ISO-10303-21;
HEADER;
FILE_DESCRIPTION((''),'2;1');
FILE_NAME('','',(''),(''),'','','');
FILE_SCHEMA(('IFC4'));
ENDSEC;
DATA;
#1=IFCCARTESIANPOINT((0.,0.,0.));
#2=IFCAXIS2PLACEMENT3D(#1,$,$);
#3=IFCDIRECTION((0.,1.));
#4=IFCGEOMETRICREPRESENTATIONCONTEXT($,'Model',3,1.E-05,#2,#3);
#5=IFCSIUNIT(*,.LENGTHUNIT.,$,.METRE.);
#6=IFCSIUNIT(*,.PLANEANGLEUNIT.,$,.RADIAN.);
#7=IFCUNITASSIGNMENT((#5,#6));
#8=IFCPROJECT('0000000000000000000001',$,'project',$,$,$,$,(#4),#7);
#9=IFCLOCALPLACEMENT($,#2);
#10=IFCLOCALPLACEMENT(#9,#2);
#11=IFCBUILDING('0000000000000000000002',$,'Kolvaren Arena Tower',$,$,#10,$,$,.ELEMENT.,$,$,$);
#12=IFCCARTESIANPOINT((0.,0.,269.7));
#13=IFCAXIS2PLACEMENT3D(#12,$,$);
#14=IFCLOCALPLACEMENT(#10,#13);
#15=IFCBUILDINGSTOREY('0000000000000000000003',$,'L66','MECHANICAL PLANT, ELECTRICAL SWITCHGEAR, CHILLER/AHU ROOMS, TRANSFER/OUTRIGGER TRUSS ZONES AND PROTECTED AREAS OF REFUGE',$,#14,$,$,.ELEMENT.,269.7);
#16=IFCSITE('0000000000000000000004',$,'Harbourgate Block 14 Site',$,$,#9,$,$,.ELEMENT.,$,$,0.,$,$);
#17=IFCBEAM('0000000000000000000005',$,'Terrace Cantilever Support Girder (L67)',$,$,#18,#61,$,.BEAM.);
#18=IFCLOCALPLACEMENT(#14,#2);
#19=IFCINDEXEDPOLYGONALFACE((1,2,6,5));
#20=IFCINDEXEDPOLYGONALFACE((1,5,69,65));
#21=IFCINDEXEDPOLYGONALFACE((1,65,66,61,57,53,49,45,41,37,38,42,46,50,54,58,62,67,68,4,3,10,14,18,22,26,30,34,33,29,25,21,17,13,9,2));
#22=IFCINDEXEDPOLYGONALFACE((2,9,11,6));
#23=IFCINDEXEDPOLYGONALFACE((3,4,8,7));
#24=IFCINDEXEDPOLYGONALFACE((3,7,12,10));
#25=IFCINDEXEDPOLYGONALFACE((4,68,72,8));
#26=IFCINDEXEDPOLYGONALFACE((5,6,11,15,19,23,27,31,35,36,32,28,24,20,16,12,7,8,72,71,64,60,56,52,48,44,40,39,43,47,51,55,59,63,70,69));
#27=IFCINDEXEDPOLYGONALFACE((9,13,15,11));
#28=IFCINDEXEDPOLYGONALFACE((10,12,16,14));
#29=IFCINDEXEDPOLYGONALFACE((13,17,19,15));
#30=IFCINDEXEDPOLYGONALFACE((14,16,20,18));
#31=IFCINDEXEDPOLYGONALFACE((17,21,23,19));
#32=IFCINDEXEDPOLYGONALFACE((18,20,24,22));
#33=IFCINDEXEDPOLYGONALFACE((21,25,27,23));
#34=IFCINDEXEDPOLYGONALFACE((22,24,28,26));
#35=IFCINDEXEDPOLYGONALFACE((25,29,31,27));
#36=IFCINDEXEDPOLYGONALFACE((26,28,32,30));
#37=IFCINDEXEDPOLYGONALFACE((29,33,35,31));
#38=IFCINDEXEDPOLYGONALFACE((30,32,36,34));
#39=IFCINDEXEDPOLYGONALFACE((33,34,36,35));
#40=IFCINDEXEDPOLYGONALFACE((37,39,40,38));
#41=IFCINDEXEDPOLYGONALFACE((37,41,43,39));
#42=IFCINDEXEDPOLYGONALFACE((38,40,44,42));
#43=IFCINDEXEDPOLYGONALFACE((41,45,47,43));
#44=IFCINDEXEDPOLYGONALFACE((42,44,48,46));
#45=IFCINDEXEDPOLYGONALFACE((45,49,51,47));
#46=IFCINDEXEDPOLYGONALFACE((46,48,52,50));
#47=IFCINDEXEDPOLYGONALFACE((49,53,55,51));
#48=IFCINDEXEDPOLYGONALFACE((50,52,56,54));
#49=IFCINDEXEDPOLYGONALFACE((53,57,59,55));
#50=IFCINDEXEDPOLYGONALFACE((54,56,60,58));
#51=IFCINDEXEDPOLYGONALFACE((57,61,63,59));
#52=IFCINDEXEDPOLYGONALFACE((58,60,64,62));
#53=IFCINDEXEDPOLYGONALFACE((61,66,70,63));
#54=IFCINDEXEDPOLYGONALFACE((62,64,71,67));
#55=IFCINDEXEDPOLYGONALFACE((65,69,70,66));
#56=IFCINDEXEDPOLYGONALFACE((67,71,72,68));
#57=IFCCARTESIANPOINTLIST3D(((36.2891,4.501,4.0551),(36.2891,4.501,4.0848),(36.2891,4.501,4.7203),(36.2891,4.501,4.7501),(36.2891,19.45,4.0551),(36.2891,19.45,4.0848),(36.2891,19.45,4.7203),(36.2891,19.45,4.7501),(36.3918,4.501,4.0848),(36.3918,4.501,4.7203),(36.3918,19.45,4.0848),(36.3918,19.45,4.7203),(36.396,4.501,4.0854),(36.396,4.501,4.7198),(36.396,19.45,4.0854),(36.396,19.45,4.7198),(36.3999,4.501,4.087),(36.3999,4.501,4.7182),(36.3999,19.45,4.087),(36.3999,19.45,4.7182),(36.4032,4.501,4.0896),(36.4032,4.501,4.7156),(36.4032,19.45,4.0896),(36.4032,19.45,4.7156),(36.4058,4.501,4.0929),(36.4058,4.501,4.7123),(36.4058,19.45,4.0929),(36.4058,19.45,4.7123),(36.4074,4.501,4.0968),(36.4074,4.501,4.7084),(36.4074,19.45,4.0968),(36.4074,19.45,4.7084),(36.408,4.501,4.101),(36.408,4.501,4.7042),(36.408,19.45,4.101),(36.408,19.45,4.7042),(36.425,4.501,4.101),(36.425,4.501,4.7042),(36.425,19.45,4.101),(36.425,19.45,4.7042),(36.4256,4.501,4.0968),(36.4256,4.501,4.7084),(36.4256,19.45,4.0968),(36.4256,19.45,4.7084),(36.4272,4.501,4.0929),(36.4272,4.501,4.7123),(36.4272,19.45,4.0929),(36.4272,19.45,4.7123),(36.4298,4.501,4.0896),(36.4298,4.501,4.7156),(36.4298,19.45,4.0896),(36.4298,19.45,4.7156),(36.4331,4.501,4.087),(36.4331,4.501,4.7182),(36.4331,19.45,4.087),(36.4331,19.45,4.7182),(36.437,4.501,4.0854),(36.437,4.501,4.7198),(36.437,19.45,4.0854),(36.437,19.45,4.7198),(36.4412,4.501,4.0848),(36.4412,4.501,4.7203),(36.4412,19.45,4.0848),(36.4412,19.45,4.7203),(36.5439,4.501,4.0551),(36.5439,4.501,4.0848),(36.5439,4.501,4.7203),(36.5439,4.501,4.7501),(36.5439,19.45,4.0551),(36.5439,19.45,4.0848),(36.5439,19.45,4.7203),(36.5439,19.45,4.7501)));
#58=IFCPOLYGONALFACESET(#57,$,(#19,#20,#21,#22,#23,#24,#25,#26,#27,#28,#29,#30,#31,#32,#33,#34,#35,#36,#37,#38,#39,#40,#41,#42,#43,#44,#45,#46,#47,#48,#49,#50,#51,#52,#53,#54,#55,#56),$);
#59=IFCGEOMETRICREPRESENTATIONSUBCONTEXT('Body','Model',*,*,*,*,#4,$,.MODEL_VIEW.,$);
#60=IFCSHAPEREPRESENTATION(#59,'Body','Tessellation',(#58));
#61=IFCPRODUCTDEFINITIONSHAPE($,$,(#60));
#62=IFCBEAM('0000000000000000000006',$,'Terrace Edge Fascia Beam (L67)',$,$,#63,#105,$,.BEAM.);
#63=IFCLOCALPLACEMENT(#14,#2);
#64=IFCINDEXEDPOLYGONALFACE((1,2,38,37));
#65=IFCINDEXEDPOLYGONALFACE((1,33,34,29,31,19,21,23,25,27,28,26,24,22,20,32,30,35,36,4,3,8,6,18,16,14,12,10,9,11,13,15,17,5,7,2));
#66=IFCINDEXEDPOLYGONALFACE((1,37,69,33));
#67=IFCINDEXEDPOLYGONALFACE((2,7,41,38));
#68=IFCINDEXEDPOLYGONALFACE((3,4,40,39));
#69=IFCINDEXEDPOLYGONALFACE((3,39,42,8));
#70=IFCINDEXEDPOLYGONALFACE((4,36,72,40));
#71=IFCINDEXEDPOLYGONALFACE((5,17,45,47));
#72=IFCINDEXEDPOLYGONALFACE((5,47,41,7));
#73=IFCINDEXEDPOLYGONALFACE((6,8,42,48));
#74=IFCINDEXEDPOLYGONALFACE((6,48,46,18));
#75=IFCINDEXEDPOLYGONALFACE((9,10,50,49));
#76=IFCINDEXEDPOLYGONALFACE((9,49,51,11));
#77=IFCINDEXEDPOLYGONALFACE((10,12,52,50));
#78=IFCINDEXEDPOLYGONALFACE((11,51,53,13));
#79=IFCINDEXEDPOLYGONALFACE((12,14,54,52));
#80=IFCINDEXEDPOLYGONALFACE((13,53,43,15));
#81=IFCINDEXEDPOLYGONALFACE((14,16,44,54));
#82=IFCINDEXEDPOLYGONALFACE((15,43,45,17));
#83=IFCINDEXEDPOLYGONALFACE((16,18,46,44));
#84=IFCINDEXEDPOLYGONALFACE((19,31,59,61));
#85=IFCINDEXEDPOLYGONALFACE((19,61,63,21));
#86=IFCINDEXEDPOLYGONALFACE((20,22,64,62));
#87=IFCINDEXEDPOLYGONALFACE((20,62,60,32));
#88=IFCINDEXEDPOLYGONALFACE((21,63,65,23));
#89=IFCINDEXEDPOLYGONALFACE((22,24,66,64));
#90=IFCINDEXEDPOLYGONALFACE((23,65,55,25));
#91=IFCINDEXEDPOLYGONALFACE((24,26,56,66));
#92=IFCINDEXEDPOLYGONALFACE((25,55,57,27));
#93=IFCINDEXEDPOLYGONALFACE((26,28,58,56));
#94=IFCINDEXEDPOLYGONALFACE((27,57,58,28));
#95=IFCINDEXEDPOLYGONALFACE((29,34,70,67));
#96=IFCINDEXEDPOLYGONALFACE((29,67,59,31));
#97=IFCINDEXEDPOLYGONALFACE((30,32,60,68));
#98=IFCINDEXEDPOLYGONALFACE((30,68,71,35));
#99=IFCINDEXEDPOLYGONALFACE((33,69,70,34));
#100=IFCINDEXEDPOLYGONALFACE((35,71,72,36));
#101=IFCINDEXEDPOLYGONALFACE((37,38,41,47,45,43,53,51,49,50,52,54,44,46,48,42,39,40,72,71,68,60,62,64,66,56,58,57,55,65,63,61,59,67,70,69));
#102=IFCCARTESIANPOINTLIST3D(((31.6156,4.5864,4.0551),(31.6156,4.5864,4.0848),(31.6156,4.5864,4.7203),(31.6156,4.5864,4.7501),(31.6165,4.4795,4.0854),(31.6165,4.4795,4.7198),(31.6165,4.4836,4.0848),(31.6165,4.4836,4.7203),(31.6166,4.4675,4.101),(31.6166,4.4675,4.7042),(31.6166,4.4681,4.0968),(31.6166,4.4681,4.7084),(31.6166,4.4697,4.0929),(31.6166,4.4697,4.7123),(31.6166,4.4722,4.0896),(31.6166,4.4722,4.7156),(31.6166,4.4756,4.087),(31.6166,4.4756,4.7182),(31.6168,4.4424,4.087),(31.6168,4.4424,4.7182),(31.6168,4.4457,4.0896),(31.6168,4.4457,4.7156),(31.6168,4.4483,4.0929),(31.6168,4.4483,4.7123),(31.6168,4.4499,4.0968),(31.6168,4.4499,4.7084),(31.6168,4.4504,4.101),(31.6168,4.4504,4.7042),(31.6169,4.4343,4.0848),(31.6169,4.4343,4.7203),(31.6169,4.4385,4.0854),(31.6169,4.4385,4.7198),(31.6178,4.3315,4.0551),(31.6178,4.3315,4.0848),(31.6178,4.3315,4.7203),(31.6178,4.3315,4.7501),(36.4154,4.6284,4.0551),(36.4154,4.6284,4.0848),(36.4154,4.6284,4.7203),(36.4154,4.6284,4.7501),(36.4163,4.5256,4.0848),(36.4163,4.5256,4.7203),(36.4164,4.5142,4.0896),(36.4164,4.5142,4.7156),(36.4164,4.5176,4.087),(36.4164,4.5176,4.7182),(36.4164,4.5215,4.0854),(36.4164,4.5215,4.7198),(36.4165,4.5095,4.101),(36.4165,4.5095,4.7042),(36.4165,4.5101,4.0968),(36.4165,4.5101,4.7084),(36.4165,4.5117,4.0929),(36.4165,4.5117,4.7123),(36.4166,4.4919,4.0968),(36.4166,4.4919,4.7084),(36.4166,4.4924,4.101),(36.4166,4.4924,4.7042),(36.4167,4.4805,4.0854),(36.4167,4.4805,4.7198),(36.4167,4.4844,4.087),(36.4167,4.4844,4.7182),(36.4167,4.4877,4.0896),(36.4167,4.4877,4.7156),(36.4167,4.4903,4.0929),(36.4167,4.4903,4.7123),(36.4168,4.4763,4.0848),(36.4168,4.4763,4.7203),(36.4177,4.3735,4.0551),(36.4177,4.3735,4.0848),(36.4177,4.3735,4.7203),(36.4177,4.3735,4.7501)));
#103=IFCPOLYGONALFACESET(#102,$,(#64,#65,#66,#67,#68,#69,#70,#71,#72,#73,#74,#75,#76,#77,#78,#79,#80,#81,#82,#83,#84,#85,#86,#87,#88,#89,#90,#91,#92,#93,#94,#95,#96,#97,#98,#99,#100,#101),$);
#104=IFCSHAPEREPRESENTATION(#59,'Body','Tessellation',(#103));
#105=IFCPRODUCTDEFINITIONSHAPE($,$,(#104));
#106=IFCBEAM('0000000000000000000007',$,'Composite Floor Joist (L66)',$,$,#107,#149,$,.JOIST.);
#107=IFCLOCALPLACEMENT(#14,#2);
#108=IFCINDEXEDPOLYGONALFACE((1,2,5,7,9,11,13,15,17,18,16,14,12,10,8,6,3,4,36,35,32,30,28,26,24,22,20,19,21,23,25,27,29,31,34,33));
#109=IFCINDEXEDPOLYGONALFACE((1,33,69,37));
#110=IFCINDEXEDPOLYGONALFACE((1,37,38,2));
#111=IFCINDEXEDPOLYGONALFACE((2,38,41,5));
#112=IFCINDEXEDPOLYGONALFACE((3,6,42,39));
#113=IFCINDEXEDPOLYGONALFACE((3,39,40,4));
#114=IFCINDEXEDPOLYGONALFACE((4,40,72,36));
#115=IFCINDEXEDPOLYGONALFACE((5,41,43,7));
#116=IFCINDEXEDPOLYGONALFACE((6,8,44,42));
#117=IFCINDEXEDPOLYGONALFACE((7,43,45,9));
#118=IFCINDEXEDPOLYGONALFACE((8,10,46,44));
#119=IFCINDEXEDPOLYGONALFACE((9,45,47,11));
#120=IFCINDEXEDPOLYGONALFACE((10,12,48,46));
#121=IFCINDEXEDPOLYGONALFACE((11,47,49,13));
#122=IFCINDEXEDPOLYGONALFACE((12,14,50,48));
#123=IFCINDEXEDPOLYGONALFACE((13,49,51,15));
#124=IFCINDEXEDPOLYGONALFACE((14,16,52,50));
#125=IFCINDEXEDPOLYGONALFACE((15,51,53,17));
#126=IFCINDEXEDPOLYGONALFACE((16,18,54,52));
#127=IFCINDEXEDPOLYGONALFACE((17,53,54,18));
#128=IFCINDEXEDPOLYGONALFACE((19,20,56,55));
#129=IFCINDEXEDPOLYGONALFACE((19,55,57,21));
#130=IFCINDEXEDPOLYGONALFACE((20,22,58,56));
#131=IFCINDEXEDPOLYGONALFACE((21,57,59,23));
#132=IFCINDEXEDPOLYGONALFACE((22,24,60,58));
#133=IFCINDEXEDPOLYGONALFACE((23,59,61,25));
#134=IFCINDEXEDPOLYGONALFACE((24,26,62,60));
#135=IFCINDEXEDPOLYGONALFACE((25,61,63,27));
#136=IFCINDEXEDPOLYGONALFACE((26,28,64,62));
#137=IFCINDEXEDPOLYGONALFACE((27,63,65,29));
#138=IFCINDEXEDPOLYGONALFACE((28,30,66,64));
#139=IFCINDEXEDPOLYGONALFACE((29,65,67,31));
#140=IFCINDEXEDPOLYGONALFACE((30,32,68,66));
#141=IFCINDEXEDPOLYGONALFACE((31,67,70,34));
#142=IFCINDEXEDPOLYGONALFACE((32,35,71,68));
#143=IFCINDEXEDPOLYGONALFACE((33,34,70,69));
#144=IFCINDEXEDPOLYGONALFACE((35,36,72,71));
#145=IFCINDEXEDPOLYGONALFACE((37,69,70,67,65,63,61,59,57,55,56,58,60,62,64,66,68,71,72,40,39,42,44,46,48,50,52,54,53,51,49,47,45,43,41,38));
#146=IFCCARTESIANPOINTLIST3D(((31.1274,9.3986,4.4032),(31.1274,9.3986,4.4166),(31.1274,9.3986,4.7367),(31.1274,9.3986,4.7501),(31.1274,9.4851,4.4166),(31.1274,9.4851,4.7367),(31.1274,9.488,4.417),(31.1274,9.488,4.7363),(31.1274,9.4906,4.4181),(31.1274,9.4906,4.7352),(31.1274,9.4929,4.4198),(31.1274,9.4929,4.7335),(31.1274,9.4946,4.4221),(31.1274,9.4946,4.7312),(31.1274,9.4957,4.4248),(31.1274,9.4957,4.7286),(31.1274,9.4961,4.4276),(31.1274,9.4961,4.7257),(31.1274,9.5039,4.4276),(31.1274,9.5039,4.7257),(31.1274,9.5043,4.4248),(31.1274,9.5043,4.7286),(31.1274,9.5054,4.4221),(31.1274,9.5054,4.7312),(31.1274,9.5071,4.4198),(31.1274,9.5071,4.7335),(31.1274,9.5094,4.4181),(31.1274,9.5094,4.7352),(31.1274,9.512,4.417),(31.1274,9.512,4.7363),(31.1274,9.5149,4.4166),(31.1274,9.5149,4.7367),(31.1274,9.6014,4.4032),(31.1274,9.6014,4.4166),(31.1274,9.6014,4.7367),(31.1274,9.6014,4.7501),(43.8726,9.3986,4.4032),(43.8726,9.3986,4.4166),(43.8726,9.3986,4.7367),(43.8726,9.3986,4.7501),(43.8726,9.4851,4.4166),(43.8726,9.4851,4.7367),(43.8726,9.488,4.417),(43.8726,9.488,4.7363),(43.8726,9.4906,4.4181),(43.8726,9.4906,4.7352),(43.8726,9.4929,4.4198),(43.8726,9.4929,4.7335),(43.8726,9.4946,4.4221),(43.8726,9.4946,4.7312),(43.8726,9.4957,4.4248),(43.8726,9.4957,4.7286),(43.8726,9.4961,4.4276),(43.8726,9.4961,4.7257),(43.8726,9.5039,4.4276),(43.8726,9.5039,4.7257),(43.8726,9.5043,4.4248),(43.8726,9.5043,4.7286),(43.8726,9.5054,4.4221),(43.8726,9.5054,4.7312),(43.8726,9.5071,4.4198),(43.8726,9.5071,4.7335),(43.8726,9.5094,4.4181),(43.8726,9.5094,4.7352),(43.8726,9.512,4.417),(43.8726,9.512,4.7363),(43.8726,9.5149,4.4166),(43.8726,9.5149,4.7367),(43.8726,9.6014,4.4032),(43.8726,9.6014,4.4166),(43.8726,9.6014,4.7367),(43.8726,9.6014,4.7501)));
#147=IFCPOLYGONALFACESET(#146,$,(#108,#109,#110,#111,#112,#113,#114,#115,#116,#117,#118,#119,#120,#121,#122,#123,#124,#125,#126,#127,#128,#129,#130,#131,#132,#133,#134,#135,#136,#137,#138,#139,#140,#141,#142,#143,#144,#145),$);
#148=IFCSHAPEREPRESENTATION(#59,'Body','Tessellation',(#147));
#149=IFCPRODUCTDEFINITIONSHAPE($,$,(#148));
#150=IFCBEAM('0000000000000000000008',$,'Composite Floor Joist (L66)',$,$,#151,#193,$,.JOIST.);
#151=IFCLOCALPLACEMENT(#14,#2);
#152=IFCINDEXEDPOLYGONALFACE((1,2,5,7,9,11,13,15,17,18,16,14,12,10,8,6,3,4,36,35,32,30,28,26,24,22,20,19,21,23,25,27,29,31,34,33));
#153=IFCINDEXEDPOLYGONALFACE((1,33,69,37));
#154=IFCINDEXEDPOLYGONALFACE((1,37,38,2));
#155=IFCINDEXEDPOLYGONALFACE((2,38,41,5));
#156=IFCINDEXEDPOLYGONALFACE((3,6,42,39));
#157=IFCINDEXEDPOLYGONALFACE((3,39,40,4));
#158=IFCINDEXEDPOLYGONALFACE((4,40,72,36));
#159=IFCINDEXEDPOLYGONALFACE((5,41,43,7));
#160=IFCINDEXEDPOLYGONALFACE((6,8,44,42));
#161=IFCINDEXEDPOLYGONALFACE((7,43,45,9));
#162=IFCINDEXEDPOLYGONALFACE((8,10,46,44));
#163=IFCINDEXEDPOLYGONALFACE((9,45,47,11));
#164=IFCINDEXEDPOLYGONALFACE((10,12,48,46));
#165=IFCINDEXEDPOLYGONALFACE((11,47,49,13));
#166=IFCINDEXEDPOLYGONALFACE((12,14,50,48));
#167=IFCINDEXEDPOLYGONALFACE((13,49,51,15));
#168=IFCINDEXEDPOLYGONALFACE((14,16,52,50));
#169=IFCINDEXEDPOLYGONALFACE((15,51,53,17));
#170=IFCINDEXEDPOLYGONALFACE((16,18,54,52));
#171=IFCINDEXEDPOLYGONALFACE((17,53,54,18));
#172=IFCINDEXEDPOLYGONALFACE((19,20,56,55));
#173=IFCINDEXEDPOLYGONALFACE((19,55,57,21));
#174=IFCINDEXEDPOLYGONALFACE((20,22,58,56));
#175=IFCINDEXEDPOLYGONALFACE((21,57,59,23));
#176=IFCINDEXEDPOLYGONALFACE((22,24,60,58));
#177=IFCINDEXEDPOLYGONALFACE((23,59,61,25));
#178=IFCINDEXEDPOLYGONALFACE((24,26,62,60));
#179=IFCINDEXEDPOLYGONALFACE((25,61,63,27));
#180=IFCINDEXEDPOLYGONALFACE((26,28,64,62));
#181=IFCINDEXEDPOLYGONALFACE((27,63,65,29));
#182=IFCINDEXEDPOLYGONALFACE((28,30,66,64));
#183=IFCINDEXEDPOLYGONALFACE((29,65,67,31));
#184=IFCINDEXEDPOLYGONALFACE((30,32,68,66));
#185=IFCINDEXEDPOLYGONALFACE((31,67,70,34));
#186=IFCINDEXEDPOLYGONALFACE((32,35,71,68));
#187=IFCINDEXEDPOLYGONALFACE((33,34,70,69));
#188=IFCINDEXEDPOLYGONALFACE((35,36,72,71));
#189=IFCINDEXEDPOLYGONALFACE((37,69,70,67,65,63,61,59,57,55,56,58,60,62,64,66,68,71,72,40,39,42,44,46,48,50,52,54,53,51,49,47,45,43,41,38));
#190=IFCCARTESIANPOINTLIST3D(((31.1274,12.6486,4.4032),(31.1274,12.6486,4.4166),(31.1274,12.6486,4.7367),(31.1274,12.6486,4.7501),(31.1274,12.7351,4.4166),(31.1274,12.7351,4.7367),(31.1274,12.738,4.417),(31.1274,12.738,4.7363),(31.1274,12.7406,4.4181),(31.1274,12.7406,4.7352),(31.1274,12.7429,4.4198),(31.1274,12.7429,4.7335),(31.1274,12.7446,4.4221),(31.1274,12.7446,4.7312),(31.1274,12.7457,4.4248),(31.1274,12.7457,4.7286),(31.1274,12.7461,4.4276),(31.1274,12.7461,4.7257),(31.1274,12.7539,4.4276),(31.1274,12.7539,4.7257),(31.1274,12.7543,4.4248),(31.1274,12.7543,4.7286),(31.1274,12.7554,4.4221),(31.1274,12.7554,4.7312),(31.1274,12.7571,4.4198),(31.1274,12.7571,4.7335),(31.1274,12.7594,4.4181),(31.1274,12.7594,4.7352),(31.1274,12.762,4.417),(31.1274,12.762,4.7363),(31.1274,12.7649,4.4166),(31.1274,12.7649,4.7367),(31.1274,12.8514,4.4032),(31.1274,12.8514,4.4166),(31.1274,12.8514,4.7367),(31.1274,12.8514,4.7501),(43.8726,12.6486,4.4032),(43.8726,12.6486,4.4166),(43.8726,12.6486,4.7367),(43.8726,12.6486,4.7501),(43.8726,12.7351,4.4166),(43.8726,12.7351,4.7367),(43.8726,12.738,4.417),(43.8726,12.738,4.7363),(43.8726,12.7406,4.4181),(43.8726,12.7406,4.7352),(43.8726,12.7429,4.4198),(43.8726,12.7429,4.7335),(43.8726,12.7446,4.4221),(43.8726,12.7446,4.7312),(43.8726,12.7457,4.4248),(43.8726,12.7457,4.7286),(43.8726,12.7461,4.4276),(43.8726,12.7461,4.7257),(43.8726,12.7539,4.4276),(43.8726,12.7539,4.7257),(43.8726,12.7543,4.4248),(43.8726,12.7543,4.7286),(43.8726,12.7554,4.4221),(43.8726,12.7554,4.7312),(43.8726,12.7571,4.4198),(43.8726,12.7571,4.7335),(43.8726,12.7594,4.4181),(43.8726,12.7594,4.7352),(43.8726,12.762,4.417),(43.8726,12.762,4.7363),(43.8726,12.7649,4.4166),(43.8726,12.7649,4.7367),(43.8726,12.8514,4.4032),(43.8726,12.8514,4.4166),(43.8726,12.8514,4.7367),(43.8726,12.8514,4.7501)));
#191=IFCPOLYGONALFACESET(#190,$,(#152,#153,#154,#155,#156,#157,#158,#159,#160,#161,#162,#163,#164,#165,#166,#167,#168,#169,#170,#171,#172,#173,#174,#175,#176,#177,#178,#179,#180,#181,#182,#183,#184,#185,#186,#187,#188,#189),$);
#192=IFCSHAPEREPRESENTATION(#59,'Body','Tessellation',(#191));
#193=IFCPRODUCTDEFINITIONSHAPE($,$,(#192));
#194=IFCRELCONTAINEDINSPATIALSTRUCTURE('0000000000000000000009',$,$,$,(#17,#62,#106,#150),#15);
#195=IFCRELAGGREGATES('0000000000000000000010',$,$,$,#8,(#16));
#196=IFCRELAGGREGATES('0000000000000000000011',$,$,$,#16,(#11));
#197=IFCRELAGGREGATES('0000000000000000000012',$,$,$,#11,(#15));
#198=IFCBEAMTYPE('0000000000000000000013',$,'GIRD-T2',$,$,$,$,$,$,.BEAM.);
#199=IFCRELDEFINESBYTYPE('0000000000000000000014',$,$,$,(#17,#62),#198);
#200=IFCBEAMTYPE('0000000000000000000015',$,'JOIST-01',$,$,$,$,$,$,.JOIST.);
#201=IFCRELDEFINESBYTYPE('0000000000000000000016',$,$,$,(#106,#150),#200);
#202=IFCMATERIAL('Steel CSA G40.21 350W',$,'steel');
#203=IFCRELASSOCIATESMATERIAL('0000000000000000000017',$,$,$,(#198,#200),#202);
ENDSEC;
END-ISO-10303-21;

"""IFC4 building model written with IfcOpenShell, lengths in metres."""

from ifc_helpers import new_model, si_unit, direction, frame, origin, origin_2d, place, context, subcontext, project, spatial, i_section, extrude, material, material_profile, profile_set, type_object, element, save


model = new_model("IFC4")

# Units and contexts
model_context = context("Model", 3, precision=1e-05, world=origin(), true_north=direction((0.0, 1.0)))
body_context = subcontext(model_context, "Body", "Model", "MODEL_VIEW")
ifc_project = project(units=[si_unit("LENGTHUNIT", "METRE"), si_unit("PLANEANGLEUNIT", "RADIAN")], contexts=[model_context])

# Site, building, storey
site_placement = place(None, origin())
site = spatial("IfcSite", under=ifc_project, at=site_placement, Name="Harbourgate Block 14 Site", CompositionType="ELEMENT", RefElevation=0.0)
building_placement = place(site_placement, origin())
building = spatial("IfcBuilding", under=site, at=building_placement, Name="Kolvaren Arena Tower", CompositionType="ELEMENT")
storey_placement = place(building_placement, frame((0.0, 0.0, 269.7)))
storey = spatial("IfcBuildingStorey", under=building, at=storey_placement, Name="L66", Description="MECHANICAL PLANT, ELECTRICAL SWITCHGEAR, CHILLER/AHU ROOMS, TRANSFER/OUTRIGGER TRUSS ZONES AND PROTECTED AREAS OF REFUGE", CompositionType="ELEMENT", Elevation=269.7)

# Beams
ifc_material_1 = material(Name="Steel CSA G40.21 350W", Category="steel")
ifc_material_profile_1 = material_profile(ifc_material_1, i_section(OverallWidth=0.2549, OverallDepth=0.6951, WebThickness=0.0171, FlangeThickness=0.0298, FilletRadius=0.0161, at=origin_2d()), Name="W690x217")
ifc_profile_set_1 = profile_set([ifc_material_profile_1], Name="Steel CSA G40.21 350W")
beam_type_1 = type_object("IfcBeamType", Name="GIRD-T2", PredefinedType="BEAM", material=ifc_profile_set_1)
beam_1_placement = place(storey_placement, frame((36.4165, 19.45, 4.4026), z_axis=(0.0, -1.0, 0.0), x_axis=(1.0, 0.0, 0.0)))
element("IfcBeam", 1, at=beam_1_placement, inside=storey, type_object=beam_type_1, Name="Terrace Cantilever Support Girder (L67)", PredefinedType="BEAM", context=body_context, shape_type="SweptSolid", body=[
    extrude(i_section(OverallWidth=0.2549, OverallDepth=0.6951, WebThickness=0.0171, FlangeThickness=0.0298, FilletRadius=0.0161, at=origin_2d()), origin(), (0.0, 0.0, 1.0), 14.949),
])
beam_2_placement = place(storey_placement, frame((31.6167, 4.459, 4.4026), z_axis=(0.999962, 0.008748, 0.0), x_axis=(-0.008748, 0.999962, 0.0)))
element("IfcBeam", 2, at=beam_2_placement, inside=storey, type_object=beam_type_1, Name="Terrace Edge Fascia Beam (L67)", PredefinedType="BEAM", context=body_context, shape_type="SweptSolid", body=[
    extrude(i_section(OverallWidth=0.2549, OverallDepth=0.6951, WebThickness=0.0171, FlangeThickness=0.0298, FilletRadius=0.0161, at=origin_2d()), origin(), (0.0, 0.0, 1.0), 4.8),
])
ifc_material_profile_2 = material_profile(ifc_material_1, i_section(OverallWidth=0.2029, OverallDepth=0.3469, WebThickness=0.0078, FlangeThickness=0.0134, FilletRadius=0.011, at=origin_2d()), Name="W360x64")
ifc_profile_set_2 = profile_set([ifc_material_profile_2], Name="Steel CSA G40.21 350W")
beam_type_2 = type_object("IfcBeamType", Name="JOIST-01", PredefinedType="JOIST", material=ifc_profile_set_2)
for number, where, z_axis, x_axis, name in (
    (3, (31.1274, 9.5, 4.5767), (1.0, 0.0, 0.0), (0.0, 1.0, 0.0), "Composite Floor Joist (L66)"),
    (4, (31.1274, 12.75, 4.5767), (1.0, 0.0, 0.0), (0.0, 1.0, 0.0), "Composite Floor Joist (L66)"),
):
    element("IfcBeam", number, at=place(storey_placement, frame(where, z_axis=z_axis, x_axis=x_axis)), inside=storey, type_object=beam_type_2, Name=name, PredefinedType="JOIST", context=body_context, shape_type="SweptSolid", body=[
        extrude(i_section(OverallWidth=0.2029, OverallDepth=0.3469, WebThickness=0.0078, FlangeThickness=0.0134, FilletRadius=0.011, at=origin_2d()), origin(), (0.0, 0.0, 1.0), 12.7451),
    ])

save(model, "model.ifc")
